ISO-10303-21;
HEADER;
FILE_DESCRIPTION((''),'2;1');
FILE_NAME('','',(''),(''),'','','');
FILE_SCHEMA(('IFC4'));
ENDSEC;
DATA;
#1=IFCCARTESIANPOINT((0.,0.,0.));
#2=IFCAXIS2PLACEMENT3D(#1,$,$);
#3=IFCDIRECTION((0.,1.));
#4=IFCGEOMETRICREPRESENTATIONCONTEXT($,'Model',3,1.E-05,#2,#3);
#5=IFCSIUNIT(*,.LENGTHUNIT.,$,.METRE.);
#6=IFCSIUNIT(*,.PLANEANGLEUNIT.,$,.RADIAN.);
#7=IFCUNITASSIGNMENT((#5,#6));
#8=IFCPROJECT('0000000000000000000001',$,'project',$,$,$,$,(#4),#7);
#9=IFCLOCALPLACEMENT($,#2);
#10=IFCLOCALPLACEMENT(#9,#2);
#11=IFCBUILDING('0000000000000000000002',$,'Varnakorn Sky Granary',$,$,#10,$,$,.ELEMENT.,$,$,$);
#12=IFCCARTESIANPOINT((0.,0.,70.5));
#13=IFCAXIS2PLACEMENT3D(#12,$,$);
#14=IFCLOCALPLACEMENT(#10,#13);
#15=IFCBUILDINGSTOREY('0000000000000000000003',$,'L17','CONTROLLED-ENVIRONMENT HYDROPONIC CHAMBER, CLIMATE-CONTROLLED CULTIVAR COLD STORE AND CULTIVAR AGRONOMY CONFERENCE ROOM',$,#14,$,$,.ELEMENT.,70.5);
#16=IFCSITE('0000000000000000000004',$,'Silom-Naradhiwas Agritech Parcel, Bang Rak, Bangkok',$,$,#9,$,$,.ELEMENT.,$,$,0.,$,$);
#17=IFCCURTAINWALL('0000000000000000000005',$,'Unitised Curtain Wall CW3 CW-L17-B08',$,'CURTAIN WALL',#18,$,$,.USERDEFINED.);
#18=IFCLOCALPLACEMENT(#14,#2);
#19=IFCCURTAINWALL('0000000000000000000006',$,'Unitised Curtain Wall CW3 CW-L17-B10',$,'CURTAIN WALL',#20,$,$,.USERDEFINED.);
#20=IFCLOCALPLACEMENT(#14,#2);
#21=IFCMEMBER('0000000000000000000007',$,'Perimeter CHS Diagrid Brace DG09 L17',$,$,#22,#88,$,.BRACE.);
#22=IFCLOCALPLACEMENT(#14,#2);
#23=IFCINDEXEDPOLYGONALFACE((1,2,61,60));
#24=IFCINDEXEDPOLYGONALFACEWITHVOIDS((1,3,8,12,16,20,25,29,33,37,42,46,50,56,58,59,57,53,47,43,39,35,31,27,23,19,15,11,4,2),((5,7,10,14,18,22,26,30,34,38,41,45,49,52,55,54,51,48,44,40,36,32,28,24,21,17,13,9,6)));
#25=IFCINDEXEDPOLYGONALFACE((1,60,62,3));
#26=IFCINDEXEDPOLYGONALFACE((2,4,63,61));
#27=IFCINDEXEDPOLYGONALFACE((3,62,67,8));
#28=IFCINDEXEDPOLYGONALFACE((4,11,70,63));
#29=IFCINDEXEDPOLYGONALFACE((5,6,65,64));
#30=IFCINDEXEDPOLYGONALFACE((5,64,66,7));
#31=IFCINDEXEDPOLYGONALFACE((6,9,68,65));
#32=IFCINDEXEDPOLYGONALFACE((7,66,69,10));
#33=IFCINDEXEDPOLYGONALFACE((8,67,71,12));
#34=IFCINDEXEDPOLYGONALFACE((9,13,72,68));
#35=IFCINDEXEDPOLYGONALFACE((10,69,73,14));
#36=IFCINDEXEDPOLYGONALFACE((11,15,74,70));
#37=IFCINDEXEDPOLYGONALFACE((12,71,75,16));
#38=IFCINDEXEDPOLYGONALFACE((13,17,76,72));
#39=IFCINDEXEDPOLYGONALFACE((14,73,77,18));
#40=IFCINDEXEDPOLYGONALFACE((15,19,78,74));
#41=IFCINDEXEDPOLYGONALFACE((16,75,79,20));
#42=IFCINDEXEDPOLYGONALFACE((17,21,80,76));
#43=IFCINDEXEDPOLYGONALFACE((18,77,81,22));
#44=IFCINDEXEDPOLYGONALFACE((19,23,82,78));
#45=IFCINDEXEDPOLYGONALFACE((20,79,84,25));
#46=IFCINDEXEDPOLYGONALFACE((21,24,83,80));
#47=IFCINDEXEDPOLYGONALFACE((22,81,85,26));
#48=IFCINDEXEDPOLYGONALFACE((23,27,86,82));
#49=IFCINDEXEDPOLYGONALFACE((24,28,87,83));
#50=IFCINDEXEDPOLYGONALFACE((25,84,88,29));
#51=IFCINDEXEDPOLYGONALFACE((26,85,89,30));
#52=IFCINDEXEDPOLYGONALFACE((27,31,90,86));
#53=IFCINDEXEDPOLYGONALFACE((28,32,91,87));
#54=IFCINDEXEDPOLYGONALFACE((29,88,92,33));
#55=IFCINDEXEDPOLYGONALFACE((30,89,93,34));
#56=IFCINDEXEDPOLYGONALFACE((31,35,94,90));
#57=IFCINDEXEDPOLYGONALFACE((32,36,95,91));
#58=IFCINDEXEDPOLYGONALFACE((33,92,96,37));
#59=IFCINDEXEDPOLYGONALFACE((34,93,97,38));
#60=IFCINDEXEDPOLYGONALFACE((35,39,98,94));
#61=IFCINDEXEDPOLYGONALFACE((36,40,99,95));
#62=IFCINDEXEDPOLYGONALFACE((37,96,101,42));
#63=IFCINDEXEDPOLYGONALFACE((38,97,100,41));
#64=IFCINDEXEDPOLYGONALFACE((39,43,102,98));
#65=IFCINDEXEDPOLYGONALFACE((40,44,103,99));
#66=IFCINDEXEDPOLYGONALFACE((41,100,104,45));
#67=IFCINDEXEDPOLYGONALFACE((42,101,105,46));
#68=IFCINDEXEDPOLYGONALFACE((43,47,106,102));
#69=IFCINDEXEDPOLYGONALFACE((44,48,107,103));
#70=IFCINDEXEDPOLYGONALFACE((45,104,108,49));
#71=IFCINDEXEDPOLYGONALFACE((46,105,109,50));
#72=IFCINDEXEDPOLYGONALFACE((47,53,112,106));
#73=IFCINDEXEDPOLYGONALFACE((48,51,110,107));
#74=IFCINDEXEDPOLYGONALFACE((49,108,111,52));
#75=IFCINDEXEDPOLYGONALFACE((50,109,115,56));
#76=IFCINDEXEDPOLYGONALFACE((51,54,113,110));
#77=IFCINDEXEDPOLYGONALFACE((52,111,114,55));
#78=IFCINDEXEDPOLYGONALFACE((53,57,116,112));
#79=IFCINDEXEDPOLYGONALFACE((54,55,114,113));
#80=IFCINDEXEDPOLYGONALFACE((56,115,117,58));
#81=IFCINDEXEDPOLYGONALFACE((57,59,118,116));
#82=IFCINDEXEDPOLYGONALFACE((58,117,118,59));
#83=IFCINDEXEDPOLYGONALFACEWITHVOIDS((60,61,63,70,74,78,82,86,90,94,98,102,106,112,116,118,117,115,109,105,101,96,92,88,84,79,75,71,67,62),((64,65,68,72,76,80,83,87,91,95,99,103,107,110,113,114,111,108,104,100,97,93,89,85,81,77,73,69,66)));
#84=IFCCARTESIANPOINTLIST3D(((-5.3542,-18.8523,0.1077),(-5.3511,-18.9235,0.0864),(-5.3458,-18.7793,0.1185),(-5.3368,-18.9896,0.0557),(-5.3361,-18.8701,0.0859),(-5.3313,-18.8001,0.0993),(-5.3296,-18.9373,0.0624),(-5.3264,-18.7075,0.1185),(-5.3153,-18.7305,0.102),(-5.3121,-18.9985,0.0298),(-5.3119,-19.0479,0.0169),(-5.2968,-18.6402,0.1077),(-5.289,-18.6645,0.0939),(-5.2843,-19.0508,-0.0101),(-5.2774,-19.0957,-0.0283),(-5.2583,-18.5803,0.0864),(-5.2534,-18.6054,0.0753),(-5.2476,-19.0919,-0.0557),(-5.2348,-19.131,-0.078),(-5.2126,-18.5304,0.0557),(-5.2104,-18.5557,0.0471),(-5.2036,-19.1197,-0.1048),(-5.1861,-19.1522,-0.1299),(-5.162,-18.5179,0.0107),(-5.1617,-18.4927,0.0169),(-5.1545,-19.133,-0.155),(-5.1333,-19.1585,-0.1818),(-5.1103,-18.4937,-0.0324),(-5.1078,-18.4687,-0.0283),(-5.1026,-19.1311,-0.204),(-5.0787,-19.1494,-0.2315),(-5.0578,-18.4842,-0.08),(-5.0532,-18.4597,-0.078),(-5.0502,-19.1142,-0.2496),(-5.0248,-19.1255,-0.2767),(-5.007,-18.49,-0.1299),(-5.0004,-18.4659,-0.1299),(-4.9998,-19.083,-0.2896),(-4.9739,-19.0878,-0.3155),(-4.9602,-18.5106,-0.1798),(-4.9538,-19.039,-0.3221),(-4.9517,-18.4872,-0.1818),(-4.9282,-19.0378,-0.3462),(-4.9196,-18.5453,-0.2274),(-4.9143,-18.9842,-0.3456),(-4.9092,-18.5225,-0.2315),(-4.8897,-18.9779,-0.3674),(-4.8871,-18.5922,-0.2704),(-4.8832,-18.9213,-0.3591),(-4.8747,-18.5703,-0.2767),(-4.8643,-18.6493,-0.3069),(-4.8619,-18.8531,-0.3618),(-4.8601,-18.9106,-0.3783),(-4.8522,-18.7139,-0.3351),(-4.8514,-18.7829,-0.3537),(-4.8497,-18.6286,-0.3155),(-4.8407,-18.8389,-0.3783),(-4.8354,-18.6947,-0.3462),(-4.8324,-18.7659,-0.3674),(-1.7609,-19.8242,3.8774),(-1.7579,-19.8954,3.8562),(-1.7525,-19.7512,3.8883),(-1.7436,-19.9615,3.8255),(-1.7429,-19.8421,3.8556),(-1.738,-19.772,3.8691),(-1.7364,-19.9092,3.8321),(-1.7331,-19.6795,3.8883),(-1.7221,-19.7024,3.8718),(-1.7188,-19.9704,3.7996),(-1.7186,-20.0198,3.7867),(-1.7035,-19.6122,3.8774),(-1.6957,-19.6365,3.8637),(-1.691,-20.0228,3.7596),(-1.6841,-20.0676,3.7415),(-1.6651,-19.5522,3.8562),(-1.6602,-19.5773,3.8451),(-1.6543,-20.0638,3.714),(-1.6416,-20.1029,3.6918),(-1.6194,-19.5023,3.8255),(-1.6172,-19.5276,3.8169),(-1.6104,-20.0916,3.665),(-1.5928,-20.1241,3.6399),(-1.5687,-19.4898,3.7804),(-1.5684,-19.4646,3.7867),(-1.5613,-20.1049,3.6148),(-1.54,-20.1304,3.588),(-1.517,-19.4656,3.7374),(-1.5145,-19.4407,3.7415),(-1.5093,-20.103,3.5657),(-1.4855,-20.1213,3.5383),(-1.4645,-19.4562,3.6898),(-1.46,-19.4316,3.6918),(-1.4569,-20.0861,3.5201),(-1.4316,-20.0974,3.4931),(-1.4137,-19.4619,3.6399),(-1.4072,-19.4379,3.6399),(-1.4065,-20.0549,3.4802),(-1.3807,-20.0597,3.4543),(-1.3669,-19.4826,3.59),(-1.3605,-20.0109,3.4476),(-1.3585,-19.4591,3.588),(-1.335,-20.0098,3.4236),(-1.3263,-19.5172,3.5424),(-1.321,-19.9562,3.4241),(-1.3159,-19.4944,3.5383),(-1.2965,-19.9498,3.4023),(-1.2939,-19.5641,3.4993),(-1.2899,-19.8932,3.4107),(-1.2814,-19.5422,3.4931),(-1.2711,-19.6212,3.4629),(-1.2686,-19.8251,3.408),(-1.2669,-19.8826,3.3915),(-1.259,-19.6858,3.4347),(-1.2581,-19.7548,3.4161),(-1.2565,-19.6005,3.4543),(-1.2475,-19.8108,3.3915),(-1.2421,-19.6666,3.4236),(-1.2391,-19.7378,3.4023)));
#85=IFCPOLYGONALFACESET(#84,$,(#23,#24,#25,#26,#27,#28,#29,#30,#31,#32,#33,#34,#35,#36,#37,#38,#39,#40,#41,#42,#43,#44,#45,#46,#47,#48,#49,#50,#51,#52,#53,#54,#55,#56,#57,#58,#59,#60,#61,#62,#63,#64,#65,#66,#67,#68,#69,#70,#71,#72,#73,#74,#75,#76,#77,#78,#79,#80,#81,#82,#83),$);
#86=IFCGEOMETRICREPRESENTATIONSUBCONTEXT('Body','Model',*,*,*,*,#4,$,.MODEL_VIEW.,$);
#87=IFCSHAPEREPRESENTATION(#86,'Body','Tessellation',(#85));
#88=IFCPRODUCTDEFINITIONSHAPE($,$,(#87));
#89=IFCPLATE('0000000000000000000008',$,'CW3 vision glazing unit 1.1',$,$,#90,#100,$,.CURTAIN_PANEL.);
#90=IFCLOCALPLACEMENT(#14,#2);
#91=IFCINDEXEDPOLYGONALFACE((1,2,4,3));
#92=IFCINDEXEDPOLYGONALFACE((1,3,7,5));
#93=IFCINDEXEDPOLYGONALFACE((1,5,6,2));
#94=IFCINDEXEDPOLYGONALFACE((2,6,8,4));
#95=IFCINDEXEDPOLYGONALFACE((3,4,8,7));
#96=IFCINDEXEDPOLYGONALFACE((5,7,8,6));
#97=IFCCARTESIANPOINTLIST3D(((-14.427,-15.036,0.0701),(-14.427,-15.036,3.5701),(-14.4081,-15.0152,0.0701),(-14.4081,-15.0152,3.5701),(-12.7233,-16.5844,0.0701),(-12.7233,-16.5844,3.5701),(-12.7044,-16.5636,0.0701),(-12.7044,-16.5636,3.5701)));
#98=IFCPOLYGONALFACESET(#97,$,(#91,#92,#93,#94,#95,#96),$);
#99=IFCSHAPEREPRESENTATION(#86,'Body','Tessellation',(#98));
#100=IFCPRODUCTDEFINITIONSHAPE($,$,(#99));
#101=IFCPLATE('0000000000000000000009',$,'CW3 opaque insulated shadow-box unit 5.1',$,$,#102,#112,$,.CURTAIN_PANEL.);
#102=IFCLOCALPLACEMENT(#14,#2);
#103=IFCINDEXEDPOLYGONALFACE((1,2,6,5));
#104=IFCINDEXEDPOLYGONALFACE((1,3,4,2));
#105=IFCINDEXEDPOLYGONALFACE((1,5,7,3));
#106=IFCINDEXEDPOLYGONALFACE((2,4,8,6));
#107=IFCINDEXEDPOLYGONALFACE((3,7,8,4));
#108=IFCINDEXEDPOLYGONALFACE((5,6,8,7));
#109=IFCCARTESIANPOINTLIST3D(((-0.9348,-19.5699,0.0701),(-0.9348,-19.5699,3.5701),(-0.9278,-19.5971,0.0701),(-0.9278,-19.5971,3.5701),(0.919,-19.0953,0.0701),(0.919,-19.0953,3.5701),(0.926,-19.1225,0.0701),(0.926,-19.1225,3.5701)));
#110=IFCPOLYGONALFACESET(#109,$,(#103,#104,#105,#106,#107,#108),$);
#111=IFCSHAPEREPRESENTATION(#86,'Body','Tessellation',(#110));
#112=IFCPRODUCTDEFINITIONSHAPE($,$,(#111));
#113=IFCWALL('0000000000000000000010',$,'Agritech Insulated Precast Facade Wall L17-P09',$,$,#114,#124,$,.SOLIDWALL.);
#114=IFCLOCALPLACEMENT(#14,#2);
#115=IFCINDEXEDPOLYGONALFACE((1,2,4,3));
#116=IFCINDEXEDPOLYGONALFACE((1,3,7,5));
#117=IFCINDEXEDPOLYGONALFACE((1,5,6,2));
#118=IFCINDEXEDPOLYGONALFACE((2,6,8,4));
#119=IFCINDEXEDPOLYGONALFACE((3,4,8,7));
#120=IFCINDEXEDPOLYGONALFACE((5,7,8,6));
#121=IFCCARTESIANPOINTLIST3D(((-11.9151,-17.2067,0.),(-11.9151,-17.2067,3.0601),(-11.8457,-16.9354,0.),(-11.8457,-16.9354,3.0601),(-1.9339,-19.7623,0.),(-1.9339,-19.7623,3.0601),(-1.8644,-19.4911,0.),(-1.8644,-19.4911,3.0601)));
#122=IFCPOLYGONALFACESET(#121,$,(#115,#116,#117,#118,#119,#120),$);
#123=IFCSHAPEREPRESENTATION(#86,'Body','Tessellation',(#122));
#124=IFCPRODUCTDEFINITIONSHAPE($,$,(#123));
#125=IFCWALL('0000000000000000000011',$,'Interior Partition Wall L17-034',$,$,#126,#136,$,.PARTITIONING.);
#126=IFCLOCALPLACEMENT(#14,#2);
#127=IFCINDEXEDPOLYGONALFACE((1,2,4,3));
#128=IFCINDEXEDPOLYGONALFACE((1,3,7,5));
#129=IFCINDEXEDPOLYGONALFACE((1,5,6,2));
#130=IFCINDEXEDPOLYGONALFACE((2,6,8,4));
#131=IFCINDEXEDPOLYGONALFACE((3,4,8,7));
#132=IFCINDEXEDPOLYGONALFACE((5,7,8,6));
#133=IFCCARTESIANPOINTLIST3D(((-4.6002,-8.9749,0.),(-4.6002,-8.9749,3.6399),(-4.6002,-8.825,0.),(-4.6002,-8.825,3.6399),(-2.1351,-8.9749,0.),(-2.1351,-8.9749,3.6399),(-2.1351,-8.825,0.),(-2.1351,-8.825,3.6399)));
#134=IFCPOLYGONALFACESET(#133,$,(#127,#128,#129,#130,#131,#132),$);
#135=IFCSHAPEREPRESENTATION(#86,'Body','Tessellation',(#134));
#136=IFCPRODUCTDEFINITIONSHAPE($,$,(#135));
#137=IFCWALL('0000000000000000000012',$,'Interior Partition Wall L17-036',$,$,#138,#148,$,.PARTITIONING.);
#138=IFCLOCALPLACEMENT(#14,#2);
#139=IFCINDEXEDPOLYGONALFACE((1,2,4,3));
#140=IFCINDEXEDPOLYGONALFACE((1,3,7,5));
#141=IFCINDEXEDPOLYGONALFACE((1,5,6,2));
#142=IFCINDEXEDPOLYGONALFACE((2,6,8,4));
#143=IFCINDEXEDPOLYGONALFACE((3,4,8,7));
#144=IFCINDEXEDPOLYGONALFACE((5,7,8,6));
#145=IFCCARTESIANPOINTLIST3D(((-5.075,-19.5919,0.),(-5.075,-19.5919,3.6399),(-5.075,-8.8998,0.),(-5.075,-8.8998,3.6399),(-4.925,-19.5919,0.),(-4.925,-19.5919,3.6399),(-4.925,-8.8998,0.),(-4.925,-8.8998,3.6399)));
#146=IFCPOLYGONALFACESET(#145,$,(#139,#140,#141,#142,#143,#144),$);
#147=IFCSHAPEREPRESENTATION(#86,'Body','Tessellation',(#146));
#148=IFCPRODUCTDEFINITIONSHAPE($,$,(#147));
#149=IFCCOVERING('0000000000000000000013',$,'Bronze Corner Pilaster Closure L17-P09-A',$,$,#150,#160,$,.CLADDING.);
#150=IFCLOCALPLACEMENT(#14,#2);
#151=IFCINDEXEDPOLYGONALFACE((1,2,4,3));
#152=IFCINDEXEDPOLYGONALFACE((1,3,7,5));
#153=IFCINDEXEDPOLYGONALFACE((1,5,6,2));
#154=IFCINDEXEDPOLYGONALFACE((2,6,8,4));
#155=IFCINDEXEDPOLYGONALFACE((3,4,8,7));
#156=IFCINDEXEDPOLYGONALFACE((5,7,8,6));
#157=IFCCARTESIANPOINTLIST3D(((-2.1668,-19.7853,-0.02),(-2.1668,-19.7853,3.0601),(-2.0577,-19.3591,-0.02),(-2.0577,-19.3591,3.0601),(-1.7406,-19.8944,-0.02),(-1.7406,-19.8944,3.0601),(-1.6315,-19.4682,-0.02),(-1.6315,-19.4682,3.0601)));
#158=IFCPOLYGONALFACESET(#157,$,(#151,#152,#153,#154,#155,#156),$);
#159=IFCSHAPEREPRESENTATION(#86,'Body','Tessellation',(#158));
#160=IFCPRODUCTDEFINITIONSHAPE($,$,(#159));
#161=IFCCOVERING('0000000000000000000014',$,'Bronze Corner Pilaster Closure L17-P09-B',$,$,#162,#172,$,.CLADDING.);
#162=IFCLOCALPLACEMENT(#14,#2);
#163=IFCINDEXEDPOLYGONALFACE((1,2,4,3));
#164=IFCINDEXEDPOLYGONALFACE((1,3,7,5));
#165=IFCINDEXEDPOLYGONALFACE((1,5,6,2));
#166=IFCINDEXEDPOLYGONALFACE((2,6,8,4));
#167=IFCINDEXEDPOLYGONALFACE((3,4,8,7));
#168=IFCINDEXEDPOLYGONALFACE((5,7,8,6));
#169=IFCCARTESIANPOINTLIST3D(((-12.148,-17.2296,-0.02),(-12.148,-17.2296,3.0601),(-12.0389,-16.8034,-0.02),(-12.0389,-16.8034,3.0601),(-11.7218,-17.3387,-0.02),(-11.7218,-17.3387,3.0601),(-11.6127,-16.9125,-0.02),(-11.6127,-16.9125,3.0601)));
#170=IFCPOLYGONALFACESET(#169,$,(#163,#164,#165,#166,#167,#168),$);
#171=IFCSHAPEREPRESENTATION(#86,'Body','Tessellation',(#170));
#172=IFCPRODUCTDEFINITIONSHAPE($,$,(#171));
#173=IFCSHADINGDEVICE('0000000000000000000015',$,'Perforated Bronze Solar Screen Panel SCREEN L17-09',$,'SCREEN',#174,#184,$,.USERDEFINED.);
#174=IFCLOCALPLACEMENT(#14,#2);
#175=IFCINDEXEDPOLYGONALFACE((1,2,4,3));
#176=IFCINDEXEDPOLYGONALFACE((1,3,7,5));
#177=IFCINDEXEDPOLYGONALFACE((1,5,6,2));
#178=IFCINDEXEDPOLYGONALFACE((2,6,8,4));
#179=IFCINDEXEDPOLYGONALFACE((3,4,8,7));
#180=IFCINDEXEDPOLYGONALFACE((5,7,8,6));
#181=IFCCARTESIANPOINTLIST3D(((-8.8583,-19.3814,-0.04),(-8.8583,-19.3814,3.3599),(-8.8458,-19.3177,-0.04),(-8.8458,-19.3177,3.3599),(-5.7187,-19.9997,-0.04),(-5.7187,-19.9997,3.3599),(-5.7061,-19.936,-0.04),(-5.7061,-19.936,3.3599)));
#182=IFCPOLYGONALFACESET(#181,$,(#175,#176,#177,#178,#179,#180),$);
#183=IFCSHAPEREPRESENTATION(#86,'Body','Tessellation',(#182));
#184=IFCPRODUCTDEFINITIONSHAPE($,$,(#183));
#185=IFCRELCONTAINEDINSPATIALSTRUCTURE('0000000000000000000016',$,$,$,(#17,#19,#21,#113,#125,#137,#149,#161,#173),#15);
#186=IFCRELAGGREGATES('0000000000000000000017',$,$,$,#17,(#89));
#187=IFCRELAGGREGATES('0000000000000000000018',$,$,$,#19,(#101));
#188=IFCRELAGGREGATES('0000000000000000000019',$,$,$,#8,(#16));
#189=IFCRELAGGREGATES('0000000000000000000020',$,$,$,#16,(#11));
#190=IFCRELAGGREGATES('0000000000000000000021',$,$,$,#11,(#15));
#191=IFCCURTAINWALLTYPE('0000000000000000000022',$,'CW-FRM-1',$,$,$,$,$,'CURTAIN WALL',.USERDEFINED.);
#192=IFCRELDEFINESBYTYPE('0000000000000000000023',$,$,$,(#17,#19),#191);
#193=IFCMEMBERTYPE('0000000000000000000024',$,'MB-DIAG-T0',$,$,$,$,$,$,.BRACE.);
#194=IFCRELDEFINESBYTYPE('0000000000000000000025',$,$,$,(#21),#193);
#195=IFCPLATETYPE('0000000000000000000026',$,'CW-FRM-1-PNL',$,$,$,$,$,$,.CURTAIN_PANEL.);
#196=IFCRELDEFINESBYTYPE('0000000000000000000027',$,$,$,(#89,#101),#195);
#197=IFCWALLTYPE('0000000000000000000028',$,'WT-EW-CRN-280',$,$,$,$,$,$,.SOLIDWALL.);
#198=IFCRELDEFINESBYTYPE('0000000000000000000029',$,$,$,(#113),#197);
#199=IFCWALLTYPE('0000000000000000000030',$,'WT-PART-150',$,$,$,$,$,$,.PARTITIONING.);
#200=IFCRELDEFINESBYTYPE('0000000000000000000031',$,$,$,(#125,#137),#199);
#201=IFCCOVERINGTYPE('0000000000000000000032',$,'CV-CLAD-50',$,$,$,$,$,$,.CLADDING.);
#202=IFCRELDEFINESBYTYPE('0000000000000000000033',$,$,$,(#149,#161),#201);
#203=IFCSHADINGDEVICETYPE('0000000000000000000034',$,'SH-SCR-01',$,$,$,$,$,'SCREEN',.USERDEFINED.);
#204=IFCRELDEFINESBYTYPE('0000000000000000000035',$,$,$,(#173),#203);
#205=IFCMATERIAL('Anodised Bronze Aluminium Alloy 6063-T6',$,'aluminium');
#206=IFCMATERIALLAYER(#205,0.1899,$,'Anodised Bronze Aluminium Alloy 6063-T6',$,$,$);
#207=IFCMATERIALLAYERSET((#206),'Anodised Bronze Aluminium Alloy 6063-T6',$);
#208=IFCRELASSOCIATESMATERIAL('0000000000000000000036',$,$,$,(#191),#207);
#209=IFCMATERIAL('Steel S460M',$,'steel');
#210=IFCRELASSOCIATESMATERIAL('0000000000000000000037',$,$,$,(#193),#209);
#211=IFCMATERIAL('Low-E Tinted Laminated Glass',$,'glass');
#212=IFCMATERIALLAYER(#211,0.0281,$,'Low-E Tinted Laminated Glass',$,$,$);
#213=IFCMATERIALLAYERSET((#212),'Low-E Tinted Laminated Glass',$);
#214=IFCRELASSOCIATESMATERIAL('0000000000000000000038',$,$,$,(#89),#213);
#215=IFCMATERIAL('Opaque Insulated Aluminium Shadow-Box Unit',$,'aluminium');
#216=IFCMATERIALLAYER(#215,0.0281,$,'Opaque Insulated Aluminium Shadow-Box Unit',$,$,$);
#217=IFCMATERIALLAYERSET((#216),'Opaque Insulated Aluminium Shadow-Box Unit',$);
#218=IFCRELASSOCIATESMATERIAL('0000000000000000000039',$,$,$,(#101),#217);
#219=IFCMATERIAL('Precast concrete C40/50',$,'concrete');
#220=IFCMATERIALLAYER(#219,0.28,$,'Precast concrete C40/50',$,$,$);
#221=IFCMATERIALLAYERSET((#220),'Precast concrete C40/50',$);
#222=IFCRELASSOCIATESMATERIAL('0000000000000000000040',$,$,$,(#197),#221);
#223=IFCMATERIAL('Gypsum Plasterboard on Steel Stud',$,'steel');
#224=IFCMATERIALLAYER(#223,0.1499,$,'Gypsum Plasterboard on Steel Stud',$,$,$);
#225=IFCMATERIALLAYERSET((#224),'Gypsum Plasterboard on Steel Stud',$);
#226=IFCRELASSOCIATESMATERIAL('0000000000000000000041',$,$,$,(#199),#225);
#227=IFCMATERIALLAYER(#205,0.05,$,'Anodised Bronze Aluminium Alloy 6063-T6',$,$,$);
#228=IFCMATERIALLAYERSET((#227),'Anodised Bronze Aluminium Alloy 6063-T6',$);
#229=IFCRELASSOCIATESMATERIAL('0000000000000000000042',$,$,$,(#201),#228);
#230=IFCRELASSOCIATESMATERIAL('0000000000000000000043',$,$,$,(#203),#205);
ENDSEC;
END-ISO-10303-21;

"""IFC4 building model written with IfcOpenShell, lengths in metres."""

from ifc_helpers import new_model, si_unit, direction, frame, frame_2d, origin, origin_2d, place, context, subcontext, project, spatial, rectangle, hollow_circle, extrude, source, transform, mapped, material, layer, layer_set, material_profile, profile_set, type_object, type_shapes, element, aggregate, save


model = new_model("IFC4")

# Units and contexts
model_context = context("Model", 3, precision=1e-05, world=origin(), true_north=direction((0.0, 1.0)))
body_context = subcontext(model_context, "Body", "Model", "MODEL_VIEW")
ifc_project = project(units=[si_unit("LENGTHUNIT", "METRE"), si_unit("PLANEANGLEUNIT", "RADIAN")], contexts=[model_context])

# Site, building, storey
site_placement = place(None, origin())
site = spatial("IfcSite", under=ifc_project, at=site_placement, Name="Silom-Naradhiwas Agritech Parcel, Bang Rak, Bangkok", CompositionType="ELEMENT", RefElevation=0.0)
building_placement = place(site_placement, origin())
building = spatial("IfcBuilding", under=site, at=building_placement, Name="Varnakorn Sky Granary", CompositionType="ELEMENT")
storey_placement = place(building_placement, frame((0.0, 0.0, 70.5)))
storey = spatial("IfcBuildingStorey", under=building, at=storey_placement, Name="L17", Description="CONTROLLED-ENVIRONMENT HYDROPONIC CHAMBER, CLIMATE-CONTROLLED CULTIVAR COLD STORE AND CULTIVAR AGRONOMY CONFERENCE ROOM", CompositionType="ELEMENT", Elevation=70.5)

# Shared definitions
ifc_material_1 = material(Name="Steel S460M", Category="steel")

# Curtain walls
ifc_material_2 = material(Name="Anodised Bronze Aluminium Alloy 6063-T6", Category="aluminium")
ifc_layer_1 = layer(ifc_material_2, 0.1899, Name="Anodised Bronze Aluminium Alloy 6063-T6")
ifc_layer_set_1 = layer_set([ifc_layer_1], Name="Anodised Bronze Aluminium Alloy 6063-T6")
curtain_wall_type = type_object("IfcCurtainWallType", Name="CW-FRM-1", ElementType="CURTAIN WALL", PredefinedType="USERDEFINED", material=ifc_layer_set_1)
curtain_wall_1_placement = place(storey_placement, origin())
curtain_wall_1 = element("IfcCurtainWall", 1, at=curtain_wall_1_placement, inside=storey, type_object=curtain_wall_type, Name="Unitised Curtain Wall CW3 CW-L17-B08", ObjectType="CURTAIN WALL", PredefinedType="USERDEFINED")
curtain_wall_2_placement = place(storey_placement, origin())
curtain_wall_2 = element("IfcCurtainWall", 2, at=curtain_wall_2_placement, inside=storey, type_object=curtain_wall_type, Name="Unitised Curtain Wall CW3 CW-L17-B10", ObjectType="CURTAIN WALL", PredefinedType="USERDEFINED")

# Member
ifc_material_profile_1 = material_profile(ifc_material_1, hollow_circle(Radius=0.3555, WallThickness=0.0249, at=origin_2d()), Name="CHS 711x25")
ifc_profile_set_1 = profile_set([ifc_material_profile_1], Name="Steel S460M")
member_type_1 = type_object("IfcMemberType", Name="MB-DIAG-T0", PredefinedType="BRACE", material=ifc_profile_set_1)
member_1_placement = place(storey_placement, frame((-5.0933, -18.8091, -0.1299), z_axis=(0.678247, -0.183456, 0.711565), x_axis=(0.261102, 0.965311, 0.0)))
element("IfcMember", 3, at=member_1_placement, inside=storey, type_object=member_type_1, Name="Perimeter CHS Diagrid Brace DG09 L17", PredefinedType="BRACE", context=body_context, shape_type="SweptSolid", body=[
    extrude(hollow_circle(Radius=0.3555, WallThickness=0.0249, at=origin_2d()), origin(), (0.0, 0.0, 1.0), 5.2979),
])

# Plates
ifc_material_3 = material(Name="Low-E Tinted Laminated Glass", Category="glass")
ifc_layer_2 = layer(ifc_material_3, 0.0281, Name="Low-E Tinted Laminated Glass")
ifc_layer_set_2 = layer_set([ifc_layer_2], Name="Low-E Tinted Laminated Glass")
plate_type = type_object("IfcPlateType", Name="CW-FRM-1-PNL", PredefinedType="CURTAIN_PANEL")
shared_shape_1 = source(origin(), body_context, "Body", "SweptSolid", [
    extrude(rectangle(XDim=2.3022, YDim=0.0281, at=origin_2d()), origin(), (0.0, 0.0, 1.0), 3.5),
])
plate_1_placement = place(storey_placement, frame((-13.5657, -15.7998, 0.0701), z_axis=(0.0, 0.0, 1.0), x_axis=(-0.740022, 0.672582, 0.0)))
plate_1 = element("IfcPlate", 4, at=plate_1_placement, type_object=plate_type, material=ifc_layer_set_2, Name="CW3 vision glazing unit 1.1", PredefinedType="CURTAIN_PANEL", context=body_context, shape_type="MappedRepresentation", body=[
    mapped(shared_shape_1, transform((0.0, 0.0, 0.0), x_axis=(1.0, 0.0, 0.0), y_axis=(0.0, 1.0, 0.0), z_axis=(0.0, 0.0, 1.0), scale=1.0)),
])
aggregate(curtain_wall_1, [plate_1])
ifc_material_4 = material(Name="Opaque Insulated Aluminium Shadow-Box Unit", Category="aluminium")
ifc_layer_3 = layer(ifc_material_4, 0.0281, Name="Opaque Insulated Aluminium Shadow-Box Unit")
ifc_layer_set_3 = layer_set([ifc_layer_3], Name="Opaque Insulated Aluminium Shadow-Box Unit")
shared_shape_2 = source(origin(), body_context, "Body", "SweptSolid", [
    extrude(rectangle(XDim=1.9136, YDim=0.0281, at=origin_2d()), origin(), (0.0, 0.0, 1.0), 3.5),
])
type_shapes(plate_type, [shared_shape_1, shared_shape_2])
plate_2_placement = place(storey_placement, frame((-0.0044, -19.3462, 0.0701), z_axis=(0.0, 0.0, 1.0), x_axis=(-0.968746, -0.248054, 0.0)))
plate_2 = element("IfcPlate", 5, at=plate_2_placement, type_object=plate_type, material=ifc_layer_set_3, Name="CW3 opaque insulated shadow-box unit 5.1", PredefinedType="CURTAIN_PANEL", context=body_context, shape_type="MappedRepresentation", body=[
    mapped(shared_shape_2, transform((0.0, 0.0, 0.0), x_axis=(1.0, 0.0, 0.0), y_axis=(0.0, 1.0, 0.0), z_axis=(0.0, 0.0, 1.0), scale=1.0)),
])
aggregate(curtain_wall_2, [plate_2])

# Walls
ifc_material_5 = material(Name="Precast concrete C40/50", Category="concrete")
ifc_layer_4 = layer(ifc_material_5, 0.28, Name="Precast concrete C40/50")
ifc_layer_set_4 = layer_set([ifc_layer_4], Name="Precast concrete C40/50")
wall_type_1 = type_object("IfcWallType", Name="WT-EW-CRN-280", PredefinedType="SOLIDWALL", material=ifc_layer_set_4)
wall_1_placement = place(storey_placement, frame((-1.8992, -19.6267, 0.0), z_axis=(0.0, 0.0, 1.0), x_axis=(-0.968748, 0.248046, 0.0)))
element("IfcWall", 6, at=wall_1_placement, inside=storey, type_object=wall_type_1, Name="Agritech Insulated Precast Facade Wall L17-P09", PredefinedType="SOLIDWALL", context=body_context, shape_type="SweptSolid", body=[
    extrude(rectangle(XDim=10.3032, YDim=0.28, at=frame_2d((5.1516, 0.0))), origin(), (0.0, 0.0, 1.0), 3.0601),
])
ifc_material_6 = material(Name="Gypsum Plasterboard on Steel Stud", Category="steel")
ifc_layer_5 = layer(ifc_material_6, 0.1499, Name="Gypsum Plasterboard on Steel Stud")
ifc_layer_set_5 = layer_set([ifc_layer_5], Name="Gypsum Plasterboard on Steel Stud")
wall_type_2 = type_object("IfcWallType", Name="WT-PART-150", PredefinedType="PARTITIONING", material=ifc_layer_set_5)
wall_2_placement = place(storey_placement, frame((-4.6001, -8.8999, 0.0), z_axis=(0.0, 0.0, 1.0), x_axis=(1.0, 0.0, 0.0)))
element("IfcWall", 7, at=wall_2_placement, inside=storey, type_object=wall_type_2, Name="Interior Partition Wall L17-034", PredefinedType="PARTITIONING", context=body_context, shape_type="SweptSolid", body=[
    extrude(rectangle(XDim=2.4651, YDim=0.1499, at=frame_2d((1.2324, 0.0))), origin(), (0.0, 0.0, 1.0), 3.6399),
])
wall_3_placement = place(storey_placement, frame((-5.0, -19.592, 0.0), z_axis=(0.0, 0.0, 1.0), x_axis=(0.0, 1.0, 0.0)))
element("IfcWall", 8, at=wall_3_placement, inside=storey, type_object=wall_type_2, Name="Interior Partition Wall L17-036", PredefinedType="PARTITIONING", context=body_context, shape_type="SweptSolid", body=[
    extrude(rectangle(XDim=10.6921, YDim=0.1499, at=frame_2d((5.3462, 0.0))), origin(), (0.0, 0.0, 1.0), 3.6399),
])

# Coverings
ifc_layer_6 = layer(ifc_material_2, 0.05, Name="Anodised Bronze Aluminium Alloy 6063-T6")
ifc_layer_set_6 = layer_set([ifc_layer_6], Name="Anodised Bronze Aluminium Alloy 6063-T6")
covering_type = type_object("IfcCoveringType", Name="CV-CLAD-50", PredefinedType="CLADDING", material=ifc_layer_set_6)
shared_shape_3 = source(origin(), body_context, "Body", "SweptSolid", [
    extrude(rectangle(XDim=0.4399, YDim=0.4399, at=origin_2d()), origin(), (0.0, 0.0, 1.0), 3.0801),
])
type_shapes(covering_type, [shared_shape_3])
for number, where, z_axis, x_axis, name in (
    (9, (-1.8992, -19.6267, -0.02), (0.0, 0.0, 1.0), (-0.968757, 0.248014, 0.0), "Bronze Corner Pilaster Closure L17-P09-A"),
    (10, (-11.8804, -17.071, -0.02), (0.0, 0.0, 1.0), (-0.968757, 0.248014, 0.0), "Bronze Corner Pilaster Closure L17-P09-B"),
):
    element("IfcCovering", number, at=place(storey_placement, frame(where, z_axis=z_axis, x_axis=x_axis)), inside=storey, type_object=covering_type, Name=name, PredefinedType="CLADDING", context=body_context, shape_type="MappedRepresentation", body=[
        mapped(shared_shape_3, transform((0.0, 0.0, 0.0), x_axis=(1.0, 0.0, 0.0), y_axis=(0.0, 1.0, 0.0), z_axis=(0.0, 0.0, 1.0), scale=1.0)),
    ])

# Shading device
shading_device_type = type_object("IfcShadingDeviceType", Name="SH-SCR-01", ElementType="SCREEN", PredefinedType="USERDEFINED", material=ifc_material_2)
shared_shape_4 = source(origin(), body_context, "Body", "SweptSolid", [
    extrude(rectangle(XDim=3.2, YDim=0.0649, at=origin_2d()), origin(), (0.0, 0.0, 1.0), 3.3999),
])
type_shapes(shading_device_type, [shared_shape_4])
shading_device_placement = place(storey_placement, frame((-7.2822, -19.6587, -0.04), z_axis=(0.0, 0.0, 1.0), x_axis=(0.981158, -0.193209, 0.0)))
element("IfcShadingDevice", 11, at=shading_device_placement, inside=storey, type_object=shading_device_type, Name="Perforated Bronze Solar Screen Panel SCREEN L17-09", ObjectType="SCREEN", PredefinedType="USERDEFINED", context=body_context, shape_type="MappedRepresentation", body=[
    mapped(shared_shape_4, transform((0.0, 0.0, 0.0), x_axis=(1.0, 0.0, 0.0), y_axis=(0.0, 1.0, 0.0), z_axis=(0.0, 0.0, 1.0), scale=1.0)),
])

save(model, "model.ifc")
